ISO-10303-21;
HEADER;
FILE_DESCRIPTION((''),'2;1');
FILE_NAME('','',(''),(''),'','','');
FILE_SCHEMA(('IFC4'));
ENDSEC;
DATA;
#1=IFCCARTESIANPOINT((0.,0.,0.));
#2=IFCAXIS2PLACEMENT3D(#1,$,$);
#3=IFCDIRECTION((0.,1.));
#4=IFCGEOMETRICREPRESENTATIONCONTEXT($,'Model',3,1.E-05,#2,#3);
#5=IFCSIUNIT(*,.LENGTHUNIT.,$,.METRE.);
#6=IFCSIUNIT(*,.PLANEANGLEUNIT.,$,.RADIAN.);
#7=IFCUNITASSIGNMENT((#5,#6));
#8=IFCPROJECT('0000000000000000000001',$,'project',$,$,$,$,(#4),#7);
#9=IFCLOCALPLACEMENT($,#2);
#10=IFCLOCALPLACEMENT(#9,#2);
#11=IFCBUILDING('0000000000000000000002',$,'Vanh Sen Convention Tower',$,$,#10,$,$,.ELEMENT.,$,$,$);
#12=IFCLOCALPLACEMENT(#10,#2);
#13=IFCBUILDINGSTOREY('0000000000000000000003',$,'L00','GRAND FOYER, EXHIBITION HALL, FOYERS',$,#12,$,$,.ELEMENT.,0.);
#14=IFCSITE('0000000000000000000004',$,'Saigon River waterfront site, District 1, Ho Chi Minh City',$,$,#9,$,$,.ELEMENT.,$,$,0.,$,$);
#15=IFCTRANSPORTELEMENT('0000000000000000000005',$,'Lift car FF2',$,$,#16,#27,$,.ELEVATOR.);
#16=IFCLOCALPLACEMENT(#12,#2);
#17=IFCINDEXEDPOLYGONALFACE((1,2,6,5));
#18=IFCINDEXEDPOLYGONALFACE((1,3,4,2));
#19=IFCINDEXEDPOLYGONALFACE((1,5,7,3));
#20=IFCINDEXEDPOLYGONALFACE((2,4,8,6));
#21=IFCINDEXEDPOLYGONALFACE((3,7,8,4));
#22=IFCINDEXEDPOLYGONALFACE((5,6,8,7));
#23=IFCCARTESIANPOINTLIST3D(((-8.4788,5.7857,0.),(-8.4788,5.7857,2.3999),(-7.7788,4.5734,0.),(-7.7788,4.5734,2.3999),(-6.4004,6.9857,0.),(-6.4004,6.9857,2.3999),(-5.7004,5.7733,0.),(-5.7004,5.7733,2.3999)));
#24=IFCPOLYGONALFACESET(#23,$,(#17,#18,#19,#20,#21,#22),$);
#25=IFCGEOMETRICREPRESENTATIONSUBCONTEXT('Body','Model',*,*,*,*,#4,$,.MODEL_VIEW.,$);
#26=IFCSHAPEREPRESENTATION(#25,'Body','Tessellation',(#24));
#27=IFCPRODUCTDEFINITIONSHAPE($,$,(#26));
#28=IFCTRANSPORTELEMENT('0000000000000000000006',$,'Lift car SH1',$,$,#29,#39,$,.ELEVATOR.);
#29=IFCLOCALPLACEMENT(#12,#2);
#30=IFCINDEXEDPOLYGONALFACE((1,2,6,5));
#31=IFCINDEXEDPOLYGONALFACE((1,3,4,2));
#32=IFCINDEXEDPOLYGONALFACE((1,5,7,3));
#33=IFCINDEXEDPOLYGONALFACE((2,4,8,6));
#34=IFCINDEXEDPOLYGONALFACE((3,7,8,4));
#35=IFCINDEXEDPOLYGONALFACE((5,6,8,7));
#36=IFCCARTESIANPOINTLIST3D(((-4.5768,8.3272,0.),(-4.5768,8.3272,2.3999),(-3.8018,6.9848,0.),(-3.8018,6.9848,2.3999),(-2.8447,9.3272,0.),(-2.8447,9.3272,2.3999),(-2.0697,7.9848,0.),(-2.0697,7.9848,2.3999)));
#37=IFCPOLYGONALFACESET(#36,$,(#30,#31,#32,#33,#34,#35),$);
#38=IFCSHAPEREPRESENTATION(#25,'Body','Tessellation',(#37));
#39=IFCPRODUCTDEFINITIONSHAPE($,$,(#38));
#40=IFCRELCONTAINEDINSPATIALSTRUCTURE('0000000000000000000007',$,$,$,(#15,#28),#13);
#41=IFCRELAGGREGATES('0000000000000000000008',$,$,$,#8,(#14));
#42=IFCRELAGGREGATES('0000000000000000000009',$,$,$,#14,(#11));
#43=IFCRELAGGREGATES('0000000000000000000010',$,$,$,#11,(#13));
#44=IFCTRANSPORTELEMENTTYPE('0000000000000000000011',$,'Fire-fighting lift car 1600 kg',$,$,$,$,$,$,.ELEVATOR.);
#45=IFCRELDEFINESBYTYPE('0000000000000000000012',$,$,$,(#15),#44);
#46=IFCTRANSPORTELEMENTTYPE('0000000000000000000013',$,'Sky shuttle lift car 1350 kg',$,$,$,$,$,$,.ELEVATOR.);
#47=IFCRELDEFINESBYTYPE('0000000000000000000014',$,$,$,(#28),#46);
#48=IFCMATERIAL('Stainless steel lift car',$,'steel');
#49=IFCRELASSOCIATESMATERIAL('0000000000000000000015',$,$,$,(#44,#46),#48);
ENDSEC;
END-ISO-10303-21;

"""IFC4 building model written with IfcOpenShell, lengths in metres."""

from ifc_helpers import new_model, si_unit, direction, frame, origin, origin_2d, place, context, subcontext, project, spatial, rectangle, extrude, material, type_object, element, save


model = new_model("IFC4")

# Units and contexts
model_context = context("Model", 3, precision=1e-05, world=origin(), true_north=direction((0.0, 1.0)))
body_context = subcontext(model_context, "Body", "Model", "MODEL_VIEW")
ifc_project = project(units=[si_unit("LENGTHUNIT", "METRE"), si_unit("PLANEANGLEUNIT", "RADIAN")], contexts=[model_context])

# Site, building, storey
site_placement = place(None, origin())
site = spatial("IfcSite", under=ifc_project, at=site_placement, Name="Saigon River waterfront site, District 1, Ho Chi Minh City", CompositionType="ELEMENT", RefElevation=0.0)
building_placement = place(site_placement, origin())
building = spatial("IfcBuilding", under=site, at=building_placement, Name="Vanh Sen Convention Tower", CompositionType="ELEMENT")
storey_placement = place(building_placement, origin())
storey = spatial("IfcBuildingStorey", under=building, at=storey_placement, Name="L00", Description="GRAND FOYER, EXHIBITION HALL, FOYERS", CompositionType="ELEMENT", Elevation=0.0)

# Transport elements
ifc_material_1 = material(Name="Stainless steel lift car", Category="steel")
transport_element_type_1 = type_object("IfcTransportElementType", Name="Fire-fighting lift car 1600 kg", PredefinedType="ELEVATOR", material=ifc_material_1)
transport_element_1_placement = place(storey_placement, frame((-7.0896, 5.7795, 0.0), z_axis=(0.0, 0.0, 1.0), x_axis=(-0.5, 0.866025, 0.0)))
element("IfcTransportElement", 1, at=transport_element_1_placement, inside=storey, type_object=transport_element_type_1, Name="Lift car FF2", PredefinedType="ELEVATOR", context=body_context, shape_type="SweptSolid", body=[
    extrude(rectangle(XDim=1.3999, YDim=2.3999, at=origin_2d()), origin(), (0.0, 0.0, 1.0), 2.3999),
])
transport_element_type_2 = type_object("IfcTransportElementType", Name="Sky shuttle lift car 1350 kg", PredefinedType="ELEVATOR", material=ifc_material_1)
transport_element_2_placement = place(storey_placement, frame((-3.3232, 8.156, 0.0), z_axis=(0.0, 0.0, 1.0), x_axis=(-0.866025, -0.5, 0.0)))
element("IfcTransportElement", 2, at=transport_element_2_placement, inside=storey, type_object=transport_element_type_2, Name="Lift car SH1", PredefinedType="ELEVATOR", context=body_context, shape_type="SweptSolid", body=[
    extrude(rectangle(XDim=2.0, YDim=1.55, at=origin_2d()), origin(), (0.0, 0.0, 1.0), 2.3999),
])

save(model, "model.ifc")
